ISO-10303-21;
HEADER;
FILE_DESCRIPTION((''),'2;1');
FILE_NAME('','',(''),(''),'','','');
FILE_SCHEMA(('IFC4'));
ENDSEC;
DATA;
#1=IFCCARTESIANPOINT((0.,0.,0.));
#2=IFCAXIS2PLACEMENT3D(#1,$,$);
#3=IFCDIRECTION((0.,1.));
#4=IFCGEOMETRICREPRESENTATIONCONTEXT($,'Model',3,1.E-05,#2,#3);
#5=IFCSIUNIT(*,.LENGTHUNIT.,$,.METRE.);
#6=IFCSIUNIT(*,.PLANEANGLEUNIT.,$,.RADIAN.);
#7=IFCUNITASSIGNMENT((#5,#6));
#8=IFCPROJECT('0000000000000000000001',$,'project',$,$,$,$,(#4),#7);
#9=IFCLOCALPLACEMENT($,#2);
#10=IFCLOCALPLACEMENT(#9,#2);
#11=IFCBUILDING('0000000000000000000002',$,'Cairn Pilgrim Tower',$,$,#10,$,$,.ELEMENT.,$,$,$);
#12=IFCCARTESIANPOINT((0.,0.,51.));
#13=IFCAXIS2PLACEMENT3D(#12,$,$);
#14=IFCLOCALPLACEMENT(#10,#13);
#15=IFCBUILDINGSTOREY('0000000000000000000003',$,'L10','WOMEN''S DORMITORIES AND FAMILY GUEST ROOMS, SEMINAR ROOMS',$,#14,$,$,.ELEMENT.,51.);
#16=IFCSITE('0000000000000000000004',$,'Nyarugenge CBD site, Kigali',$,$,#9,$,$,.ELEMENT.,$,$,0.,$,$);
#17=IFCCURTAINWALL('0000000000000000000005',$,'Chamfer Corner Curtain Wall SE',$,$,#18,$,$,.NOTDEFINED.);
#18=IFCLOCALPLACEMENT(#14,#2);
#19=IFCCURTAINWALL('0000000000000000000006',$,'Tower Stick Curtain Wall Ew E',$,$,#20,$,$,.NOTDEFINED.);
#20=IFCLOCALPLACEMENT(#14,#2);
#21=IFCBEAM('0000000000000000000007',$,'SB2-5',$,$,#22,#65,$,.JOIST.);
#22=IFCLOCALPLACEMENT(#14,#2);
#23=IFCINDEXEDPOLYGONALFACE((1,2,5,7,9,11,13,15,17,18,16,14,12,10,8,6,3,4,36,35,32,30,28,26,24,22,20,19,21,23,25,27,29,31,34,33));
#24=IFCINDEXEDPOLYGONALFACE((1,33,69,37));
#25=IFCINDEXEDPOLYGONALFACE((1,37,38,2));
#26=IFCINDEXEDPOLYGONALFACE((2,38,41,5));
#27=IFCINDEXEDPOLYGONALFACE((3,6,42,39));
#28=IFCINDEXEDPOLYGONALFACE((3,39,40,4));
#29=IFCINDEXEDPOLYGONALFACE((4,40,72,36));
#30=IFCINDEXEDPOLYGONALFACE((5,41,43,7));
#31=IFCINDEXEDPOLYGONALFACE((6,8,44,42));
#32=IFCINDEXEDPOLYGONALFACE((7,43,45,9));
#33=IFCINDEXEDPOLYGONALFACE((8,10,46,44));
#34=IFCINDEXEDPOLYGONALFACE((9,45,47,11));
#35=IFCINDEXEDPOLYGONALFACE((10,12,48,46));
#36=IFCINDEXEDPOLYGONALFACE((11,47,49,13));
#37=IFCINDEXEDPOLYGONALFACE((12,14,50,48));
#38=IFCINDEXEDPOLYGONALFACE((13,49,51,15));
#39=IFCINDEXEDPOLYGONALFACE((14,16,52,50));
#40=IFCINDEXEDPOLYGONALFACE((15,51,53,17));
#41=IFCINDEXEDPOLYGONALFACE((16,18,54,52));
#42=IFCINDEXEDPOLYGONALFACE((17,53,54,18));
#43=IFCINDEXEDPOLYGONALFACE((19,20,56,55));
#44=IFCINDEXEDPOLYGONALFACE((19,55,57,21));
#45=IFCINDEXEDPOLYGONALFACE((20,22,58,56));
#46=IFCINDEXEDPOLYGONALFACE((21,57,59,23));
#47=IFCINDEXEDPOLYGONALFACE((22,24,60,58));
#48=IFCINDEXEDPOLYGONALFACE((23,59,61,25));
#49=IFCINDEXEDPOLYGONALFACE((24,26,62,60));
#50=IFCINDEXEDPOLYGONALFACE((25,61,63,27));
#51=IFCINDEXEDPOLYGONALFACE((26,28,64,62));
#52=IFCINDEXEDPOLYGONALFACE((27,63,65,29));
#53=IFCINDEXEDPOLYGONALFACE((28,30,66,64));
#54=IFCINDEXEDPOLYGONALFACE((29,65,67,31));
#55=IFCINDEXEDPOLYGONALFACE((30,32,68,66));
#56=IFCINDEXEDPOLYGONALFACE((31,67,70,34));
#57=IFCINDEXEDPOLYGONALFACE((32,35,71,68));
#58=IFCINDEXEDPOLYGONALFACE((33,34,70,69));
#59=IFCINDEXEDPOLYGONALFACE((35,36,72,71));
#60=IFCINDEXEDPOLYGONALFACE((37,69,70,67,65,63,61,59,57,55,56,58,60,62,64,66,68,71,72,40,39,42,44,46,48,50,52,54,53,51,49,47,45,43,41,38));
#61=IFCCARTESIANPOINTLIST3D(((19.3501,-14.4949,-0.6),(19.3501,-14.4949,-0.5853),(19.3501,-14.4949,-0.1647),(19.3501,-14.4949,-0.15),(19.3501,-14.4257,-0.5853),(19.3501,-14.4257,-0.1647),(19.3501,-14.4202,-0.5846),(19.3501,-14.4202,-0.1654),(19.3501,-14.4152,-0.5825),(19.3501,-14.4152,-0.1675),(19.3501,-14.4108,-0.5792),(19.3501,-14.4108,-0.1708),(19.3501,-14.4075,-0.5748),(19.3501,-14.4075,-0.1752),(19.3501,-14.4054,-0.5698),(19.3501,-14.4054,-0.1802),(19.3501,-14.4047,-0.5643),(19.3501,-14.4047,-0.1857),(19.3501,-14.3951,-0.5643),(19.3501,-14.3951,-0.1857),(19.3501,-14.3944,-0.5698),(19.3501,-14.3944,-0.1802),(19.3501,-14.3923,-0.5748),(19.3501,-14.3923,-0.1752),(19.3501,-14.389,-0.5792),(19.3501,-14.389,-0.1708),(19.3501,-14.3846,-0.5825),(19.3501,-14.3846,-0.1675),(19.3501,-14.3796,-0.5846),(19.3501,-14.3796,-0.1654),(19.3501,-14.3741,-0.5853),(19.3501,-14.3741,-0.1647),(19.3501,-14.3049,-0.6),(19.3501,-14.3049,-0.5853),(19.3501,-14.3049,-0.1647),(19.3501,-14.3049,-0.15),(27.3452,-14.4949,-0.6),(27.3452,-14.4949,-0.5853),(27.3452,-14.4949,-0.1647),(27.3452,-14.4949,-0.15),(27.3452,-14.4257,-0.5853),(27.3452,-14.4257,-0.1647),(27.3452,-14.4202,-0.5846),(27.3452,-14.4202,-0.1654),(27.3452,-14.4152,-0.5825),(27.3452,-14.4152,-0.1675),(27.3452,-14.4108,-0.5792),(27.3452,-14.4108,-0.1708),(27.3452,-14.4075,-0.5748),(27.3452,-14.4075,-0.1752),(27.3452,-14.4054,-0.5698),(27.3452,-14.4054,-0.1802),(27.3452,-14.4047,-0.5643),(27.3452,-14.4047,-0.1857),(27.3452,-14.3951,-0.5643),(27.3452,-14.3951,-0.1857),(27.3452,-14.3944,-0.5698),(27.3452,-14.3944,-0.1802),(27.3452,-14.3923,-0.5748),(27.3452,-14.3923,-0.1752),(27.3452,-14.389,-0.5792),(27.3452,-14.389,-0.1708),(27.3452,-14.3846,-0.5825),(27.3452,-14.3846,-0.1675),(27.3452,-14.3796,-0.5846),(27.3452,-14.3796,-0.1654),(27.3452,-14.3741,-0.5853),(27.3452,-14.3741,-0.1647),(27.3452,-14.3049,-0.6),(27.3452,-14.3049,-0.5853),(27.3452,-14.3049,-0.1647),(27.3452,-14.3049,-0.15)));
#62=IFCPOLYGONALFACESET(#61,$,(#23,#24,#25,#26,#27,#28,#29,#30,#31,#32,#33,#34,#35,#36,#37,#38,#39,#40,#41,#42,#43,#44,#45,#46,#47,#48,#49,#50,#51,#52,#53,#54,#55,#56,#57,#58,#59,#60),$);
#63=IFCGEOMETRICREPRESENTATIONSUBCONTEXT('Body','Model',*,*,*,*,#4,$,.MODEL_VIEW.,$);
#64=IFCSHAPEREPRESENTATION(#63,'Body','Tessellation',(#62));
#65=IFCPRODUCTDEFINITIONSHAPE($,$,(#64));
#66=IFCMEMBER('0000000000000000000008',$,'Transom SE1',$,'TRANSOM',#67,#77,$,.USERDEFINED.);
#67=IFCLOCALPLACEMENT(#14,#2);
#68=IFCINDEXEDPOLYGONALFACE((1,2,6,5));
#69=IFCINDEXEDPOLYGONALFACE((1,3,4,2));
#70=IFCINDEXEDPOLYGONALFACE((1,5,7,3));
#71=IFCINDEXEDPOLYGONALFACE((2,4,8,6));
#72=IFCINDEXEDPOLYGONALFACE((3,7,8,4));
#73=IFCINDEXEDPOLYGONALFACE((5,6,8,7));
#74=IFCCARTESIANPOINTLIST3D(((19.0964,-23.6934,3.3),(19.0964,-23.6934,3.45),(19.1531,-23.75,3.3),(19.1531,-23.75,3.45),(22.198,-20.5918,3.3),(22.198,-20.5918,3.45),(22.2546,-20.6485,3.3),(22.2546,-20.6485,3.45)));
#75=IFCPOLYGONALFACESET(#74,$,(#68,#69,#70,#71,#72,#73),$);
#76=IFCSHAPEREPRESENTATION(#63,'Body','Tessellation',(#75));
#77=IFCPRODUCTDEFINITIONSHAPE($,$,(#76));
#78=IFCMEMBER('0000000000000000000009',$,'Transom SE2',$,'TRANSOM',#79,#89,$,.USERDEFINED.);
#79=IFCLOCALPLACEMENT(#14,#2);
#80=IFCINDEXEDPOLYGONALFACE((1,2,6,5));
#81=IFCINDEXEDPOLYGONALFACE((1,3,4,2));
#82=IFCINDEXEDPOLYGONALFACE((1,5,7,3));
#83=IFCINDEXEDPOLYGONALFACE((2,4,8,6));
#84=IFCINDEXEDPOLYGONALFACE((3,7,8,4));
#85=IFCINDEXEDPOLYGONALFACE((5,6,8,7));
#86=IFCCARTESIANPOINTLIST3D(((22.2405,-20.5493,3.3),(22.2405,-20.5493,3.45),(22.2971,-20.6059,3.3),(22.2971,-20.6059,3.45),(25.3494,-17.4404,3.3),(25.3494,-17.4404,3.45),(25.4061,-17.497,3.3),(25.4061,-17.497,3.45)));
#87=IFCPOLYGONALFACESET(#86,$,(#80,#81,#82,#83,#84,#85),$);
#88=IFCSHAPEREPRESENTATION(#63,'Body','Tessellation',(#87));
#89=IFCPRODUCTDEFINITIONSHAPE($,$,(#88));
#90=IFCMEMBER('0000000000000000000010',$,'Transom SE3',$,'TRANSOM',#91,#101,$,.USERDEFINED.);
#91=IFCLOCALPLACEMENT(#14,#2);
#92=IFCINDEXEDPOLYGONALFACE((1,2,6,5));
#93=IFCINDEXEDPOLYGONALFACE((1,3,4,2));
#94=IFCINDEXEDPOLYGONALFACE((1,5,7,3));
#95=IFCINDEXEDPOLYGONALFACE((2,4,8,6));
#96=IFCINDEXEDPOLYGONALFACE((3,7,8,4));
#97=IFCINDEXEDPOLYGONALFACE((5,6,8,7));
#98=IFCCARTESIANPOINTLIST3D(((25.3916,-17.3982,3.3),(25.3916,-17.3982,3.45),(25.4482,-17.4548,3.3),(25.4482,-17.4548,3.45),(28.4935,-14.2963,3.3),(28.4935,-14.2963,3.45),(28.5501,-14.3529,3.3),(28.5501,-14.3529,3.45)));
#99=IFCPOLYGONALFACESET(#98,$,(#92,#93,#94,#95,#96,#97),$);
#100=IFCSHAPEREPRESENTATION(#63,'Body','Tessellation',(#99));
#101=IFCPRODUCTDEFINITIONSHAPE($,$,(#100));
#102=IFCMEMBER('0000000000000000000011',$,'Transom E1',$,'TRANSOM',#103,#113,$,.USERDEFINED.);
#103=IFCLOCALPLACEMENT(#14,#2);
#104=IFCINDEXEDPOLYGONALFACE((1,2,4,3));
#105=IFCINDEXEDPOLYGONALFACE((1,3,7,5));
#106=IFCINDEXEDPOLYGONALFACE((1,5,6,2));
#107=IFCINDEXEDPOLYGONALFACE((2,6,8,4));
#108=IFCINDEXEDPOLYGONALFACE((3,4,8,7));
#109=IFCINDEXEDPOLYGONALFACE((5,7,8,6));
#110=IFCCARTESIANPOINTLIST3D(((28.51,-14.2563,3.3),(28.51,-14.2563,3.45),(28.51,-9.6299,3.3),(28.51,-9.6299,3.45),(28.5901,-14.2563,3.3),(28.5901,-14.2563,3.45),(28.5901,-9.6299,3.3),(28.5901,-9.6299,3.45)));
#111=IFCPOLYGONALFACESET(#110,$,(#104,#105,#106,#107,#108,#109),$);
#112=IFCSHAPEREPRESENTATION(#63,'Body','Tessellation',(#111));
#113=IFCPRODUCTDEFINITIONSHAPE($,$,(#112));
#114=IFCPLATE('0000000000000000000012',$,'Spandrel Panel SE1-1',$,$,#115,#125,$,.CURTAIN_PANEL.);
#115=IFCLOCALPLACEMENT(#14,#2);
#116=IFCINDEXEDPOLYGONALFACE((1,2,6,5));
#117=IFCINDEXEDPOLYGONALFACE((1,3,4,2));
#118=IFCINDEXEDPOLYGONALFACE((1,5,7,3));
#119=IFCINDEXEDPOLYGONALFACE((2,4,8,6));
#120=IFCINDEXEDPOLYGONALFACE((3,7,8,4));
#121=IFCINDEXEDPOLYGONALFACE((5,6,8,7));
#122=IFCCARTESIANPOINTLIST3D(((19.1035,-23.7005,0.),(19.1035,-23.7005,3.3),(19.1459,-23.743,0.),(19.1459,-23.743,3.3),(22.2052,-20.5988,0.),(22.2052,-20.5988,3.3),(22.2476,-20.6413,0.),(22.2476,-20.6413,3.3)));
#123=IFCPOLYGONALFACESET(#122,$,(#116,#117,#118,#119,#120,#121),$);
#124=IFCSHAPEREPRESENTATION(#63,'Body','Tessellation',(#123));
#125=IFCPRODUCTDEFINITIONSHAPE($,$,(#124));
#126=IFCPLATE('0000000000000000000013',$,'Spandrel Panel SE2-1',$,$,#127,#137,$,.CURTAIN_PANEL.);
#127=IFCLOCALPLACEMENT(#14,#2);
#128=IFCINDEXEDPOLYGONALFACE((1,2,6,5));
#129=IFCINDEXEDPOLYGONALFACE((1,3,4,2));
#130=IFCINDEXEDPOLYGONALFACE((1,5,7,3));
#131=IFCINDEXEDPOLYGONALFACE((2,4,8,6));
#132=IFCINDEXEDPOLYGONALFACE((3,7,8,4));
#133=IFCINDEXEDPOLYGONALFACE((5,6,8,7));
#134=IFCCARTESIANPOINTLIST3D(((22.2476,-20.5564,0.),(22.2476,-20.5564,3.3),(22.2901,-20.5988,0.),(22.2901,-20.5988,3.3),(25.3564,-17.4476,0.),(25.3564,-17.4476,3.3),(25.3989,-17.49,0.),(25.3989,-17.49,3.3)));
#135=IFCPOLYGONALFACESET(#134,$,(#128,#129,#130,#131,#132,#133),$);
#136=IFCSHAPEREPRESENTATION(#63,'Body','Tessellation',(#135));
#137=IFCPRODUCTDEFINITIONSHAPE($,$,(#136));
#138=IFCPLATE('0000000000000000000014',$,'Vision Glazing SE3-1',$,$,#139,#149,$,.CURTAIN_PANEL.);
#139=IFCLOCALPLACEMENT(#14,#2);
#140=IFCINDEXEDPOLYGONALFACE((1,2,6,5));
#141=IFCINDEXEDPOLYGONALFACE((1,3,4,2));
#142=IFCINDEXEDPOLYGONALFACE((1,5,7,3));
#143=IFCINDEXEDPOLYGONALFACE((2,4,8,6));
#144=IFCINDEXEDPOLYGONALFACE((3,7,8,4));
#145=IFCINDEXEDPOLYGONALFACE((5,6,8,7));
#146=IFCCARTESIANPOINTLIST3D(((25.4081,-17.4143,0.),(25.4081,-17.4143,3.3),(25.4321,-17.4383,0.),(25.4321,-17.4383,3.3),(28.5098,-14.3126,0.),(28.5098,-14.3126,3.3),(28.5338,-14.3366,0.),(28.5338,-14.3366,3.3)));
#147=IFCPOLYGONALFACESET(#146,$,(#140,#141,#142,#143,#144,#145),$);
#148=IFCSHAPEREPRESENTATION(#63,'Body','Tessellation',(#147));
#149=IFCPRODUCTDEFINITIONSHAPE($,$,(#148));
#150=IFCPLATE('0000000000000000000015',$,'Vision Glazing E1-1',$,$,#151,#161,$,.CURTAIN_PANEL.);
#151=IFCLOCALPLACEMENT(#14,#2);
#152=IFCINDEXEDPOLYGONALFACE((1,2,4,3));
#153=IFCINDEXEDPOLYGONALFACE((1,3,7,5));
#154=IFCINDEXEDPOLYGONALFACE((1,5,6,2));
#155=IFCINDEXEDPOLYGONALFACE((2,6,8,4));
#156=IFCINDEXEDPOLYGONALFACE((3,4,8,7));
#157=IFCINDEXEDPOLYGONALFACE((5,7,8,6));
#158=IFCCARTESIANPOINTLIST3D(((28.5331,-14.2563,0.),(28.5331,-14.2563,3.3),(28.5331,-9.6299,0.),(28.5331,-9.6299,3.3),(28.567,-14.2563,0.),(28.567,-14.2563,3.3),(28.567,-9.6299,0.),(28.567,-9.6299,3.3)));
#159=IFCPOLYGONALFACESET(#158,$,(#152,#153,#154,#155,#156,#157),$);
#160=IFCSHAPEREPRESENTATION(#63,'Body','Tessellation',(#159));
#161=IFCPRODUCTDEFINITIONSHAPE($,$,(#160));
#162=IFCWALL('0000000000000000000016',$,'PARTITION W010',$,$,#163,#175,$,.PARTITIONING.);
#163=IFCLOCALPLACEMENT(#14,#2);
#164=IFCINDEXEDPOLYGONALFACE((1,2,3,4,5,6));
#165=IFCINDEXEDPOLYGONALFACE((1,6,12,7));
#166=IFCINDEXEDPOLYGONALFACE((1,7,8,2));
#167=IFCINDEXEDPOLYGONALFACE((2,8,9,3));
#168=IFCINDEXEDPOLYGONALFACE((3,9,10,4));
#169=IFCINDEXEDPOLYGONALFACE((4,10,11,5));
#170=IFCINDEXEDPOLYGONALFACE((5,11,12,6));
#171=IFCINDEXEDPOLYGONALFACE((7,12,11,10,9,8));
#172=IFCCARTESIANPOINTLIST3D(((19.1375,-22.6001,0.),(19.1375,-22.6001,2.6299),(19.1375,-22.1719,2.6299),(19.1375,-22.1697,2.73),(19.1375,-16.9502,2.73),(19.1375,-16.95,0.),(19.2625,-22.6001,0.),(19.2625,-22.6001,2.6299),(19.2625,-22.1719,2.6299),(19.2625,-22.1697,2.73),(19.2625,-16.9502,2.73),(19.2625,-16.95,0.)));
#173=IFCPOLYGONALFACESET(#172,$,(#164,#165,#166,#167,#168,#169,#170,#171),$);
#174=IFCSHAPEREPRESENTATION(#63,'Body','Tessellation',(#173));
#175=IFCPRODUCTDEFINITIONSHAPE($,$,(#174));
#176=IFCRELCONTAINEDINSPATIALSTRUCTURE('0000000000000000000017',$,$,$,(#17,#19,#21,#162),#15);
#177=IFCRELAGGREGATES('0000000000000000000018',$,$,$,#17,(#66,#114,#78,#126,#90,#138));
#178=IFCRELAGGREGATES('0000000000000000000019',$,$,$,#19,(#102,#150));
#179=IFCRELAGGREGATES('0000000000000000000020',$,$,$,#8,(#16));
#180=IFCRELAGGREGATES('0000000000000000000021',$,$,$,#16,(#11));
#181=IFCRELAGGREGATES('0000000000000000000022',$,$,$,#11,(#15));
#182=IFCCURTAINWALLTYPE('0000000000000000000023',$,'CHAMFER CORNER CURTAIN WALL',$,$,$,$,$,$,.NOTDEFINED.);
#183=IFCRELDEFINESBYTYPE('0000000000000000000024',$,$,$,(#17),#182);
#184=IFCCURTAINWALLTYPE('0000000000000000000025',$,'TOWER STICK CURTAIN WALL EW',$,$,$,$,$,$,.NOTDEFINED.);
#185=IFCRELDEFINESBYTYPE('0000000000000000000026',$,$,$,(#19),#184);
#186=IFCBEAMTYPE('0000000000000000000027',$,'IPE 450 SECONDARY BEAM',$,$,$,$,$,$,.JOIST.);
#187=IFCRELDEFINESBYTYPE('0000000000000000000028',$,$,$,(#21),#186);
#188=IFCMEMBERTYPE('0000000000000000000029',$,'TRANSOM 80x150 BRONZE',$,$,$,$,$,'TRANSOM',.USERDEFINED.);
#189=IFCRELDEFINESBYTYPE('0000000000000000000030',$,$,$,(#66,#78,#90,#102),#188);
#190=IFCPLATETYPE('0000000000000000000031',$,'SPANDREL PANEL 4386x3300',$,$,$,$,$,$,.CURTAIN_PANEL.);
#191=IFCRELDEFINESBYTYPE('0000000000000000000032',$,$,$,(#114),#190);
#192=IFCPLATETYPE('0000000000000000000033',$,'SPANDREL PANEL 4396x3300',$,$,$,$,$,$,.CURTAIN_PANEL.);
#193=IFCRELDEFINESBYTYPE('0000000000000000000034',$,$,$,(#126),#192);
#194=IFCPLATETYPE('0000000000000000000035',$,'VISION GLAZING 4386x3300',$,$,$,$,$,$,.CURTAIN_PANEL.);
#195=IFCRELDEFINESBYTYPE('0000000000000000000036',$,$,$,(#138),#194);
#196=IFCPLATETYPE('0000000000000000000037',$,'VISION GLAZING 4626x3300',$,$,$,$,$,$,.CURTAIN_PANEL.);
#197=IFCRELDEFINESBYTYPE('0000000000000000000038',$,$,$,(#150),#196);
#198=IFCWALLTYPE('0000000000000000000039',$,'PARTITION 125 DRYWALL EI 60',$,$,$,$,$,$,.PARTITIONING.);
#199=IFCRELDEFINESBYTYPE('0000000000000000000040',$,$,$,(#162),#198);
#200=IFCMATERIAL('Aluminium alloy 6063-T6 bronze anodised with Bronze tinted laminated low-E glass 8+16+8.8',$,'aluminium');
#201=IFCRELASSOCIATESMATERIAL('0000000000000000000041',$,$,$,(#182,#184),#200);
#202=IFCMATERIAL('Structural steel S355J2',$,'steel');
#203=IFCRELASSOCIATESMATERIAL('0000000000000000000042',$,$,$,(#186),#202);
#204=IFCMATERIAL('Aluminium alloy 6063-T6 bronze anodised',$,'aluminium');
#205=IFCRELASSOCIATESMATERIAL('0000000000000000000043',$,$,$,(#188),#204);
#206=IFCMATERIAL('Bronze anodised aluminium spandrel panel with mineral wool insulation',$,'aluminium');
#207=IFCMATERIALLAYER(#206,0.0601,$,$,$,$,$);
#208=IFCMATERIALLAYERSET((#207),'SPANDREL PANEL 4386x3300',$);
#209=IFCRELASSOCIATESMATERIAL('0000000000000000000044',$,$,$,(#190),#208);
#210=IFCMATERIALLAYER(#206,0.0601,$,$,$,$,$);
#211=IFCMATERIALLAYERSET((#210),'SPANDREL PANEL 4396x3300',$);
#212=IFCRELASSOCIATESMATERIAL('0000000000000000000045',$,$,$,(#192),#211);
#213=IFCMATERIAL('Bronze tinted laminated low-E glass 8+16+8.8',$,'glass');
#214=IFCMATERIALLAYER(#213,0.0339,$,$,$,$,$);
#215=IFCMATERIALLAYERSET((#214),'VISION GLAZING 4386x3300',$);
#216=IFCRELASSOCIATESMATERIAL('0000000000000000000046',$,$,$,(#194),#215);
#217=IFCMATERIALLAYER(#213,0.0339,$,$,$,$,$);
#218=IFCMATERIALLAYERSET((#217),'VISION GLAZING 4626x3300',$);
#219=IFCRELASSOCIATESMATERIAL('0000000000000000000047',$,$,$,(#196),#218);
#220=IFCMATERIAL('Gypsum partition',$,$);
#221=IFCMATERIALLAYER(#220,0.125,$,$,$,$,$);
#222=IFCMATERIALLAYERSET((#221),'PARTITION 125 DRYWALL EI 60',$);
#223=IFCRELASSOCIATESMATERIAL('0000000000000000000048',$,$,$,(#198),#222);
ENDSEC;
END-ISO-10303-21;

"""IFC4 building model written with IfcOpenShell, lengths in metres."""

from ifc_helpers import new_model, si_unit, direction, frame, origin, origin_2d, place, context, subcontext, project, spatial, polyline, rectangle, i_section, outline, extrude, material, layer, layer_set, material_profile, profile_set, type_object, element, aggregate, save


model = new_model("IFC4")

# Units and contexts
model_context = context("Model", 3, precision=1e-05, world=origin(), true_north=direction((0.0, 1.0)))
body_context = subcontext(model_context, "Body", "Model", "MODEL_VIEW")
ifc_project = project(units=[si_unit("LENGTHUNIT", "METRE"), si_unit("PLANEANGLEUNIT", "RADIAN")], contexts=[model_context])

# Site, building, storey
site_placement = place(None, origin())
site = spatial("IfcSite", under=ifc_project, at=site_placement, Name="Nyarugenge CBD site, Kigali", CompositionType="ELEMENT", RefElevation=0.0)
building_placement = place(site_placement, origin())
building = spatial("IfcBuilding", under=site, at=building_placement, Name="Cairn Pilgrim Tower", CompositionType="ELEMENT")
storey_placement = place(building_placement, frame((0.0, 0.0, 51.0)))
storey = spatial("IfcBuildingStorey", under=building, at=storey_placement, Name="L10", Description="WOMEN'S DORMITORIES AND FAMILY GUEST ROOMS, SEMINAR ROOMS", CompositionType="ELEMENT", Elevation=51.0)

# Shared definitions
ifc_material_1 = material(Name="Structural steel S355J2", Category="steel")

# Curtain wall
ifc_material_2 = material(Name="Aluminium alloy 6063-T6 bronze anodised with Bronze tinted laminated low-E glass 8+16+8.8", Category="aluminium")
curtain_wall_type_1 = type_object("IfcCurtainWallType", Name="CHAMFER CORNER CURTAIN WALL", PredefinedType="NOTDEFINED", material=ifc_material_2)
curtain_wall_1_placement = place(storey_placement, origin())
curtain_wall_1 = element("IfcCurtainWall", 1, at=curtain_wall_1_placement, inside=storey, type_object=curtain_wall_type_1, Name="Chamfer Corner Curtain Wall SE", PredefinedType="NOTDEFINED")
ifc_material_3 = material(Name="Aluminium alloy 6063-T6 bronze anodised", Category="aluminium")

# Curtain wall
curtain_wall_type_2 = type_object("IfcCurtainWallType", Name="TOWER STICK CURTAIN WALL EW", PredefinedType="NOTDEFINED", material=ifc_material_2)
curtain_wall_2_placement = place(storey_placement, origin())
curtain_wall_2 = element("IfcCurtainWall", 2, at=curtain_wall_2_placement, inside=storey, type_object=curtain_wall_type_2, Name="Tower Stick Curtain Wall Ew E", PredefinedType="NOTDEFINED")

# Beam
ifc_material_profile_1 = material_profile(ifc_material_1, i_section(OverallWidth=0.1899, OverallDepth=0.45, WebThickness=0.0095, FlangeThickness=0.0146, FilletRadius=0.021, at=origin_2d()), Name="IPE 450")
ifc_profile_set_1 = profile_set([ifc_material_profile_1], Name="Structural steel S355J2")
beam_type_1 = type_object("IfcBeamType", Name="IPE 450 SECONDARY BEAM", PredefinedType="JOIST", material=ifc_profile_set_1)
beam_1_placement = place(storey_placement, frame((19.3501, -14.3999, -0.375), z_axis=(1.0, 0.0, 0.0), x_axis=(0.0, 1.0, 0.0)))
element("IfcBeam", 3, at=beam_1_placement, inside=storey, type_object=beam_type_1, Name="SB2-5", PredefinedType="JOIST", context=body_context, shape_type="SweptSolid", body=[
    extrude(i_section(OverallWidth=0.1899, OverallDepth=0.45, WebThickness=0.0095, FlangeThickness=0.0146, FilletRadius=0.021, at=origin_2d()), origin(), (0.0, 0.0, 1.0), 7.9951),
])

# Members
ifc_material_profile_2 = material_profile(ifc_material_3, rectangle(XDim=0.0801, YDim=0.1499, at=origin_2d()), Name="TRANSOM 80x150 BRONZE")
ifc_profile_set_2 = profile_set([ifc_material_profile_2], Name="Aluminium alloy 6063-T6 bronze anodised")
member_type_1 = type_object("IfcMemberType", Name="TRANSOM 80x150 BRONZE", ElementType="TRANSOM", PredefinedType="USERDEFINED", material=ifc_profile_set_2)
member_1_placement = place(storey_placement, frame((19.1248, -23.7217, 3.375), z_axis=(0.707107, 0.707107, 0.0), x_axis=(-0.707107, 0.707107, 0.0)))
member_1 = element("IfcMember", 4, at=member_1_placement, type_object=member_type_1, Name="Transom SE1", ObjectType="TRANSOM", PredefinedType="USERDEFINED", context=body_context, shape_type="SweptSolid", body=[
    extrude(rectangle(XDim=0.0801, YDim=0.1499, at=origin_2d()), origin(), (0.0, 0.0, 1.0), 4.3862),
])
member_2_placement = place(storey_placement, frame((22.2688, -20.5776, 3.375), z_axis=(0.707107, 0.707107, 0.0), x_axis=(-0.707107, 0.707107, 0.0)))
member_2 = element("IfcMember", 5, at=member_2_placement, type_object=member_type_1, Name="Transom SE2", ObjectType="TRANSOM", PredefinedType="USERDEFINED", context=body_context, shape_type="SweptSolid", body=[
    extrude(rectangle(XDim=0.0801, YDim=0.1499, at=origin_2d()), origin(), (0.0, 0.0, 1.0), 4.3967),
])
member_3_placement = place(storey_placement, frame((25.4199, -17.4265, 3.375), z_axis=(0.707107, 0.707107, 0.0), x_axis=(-0.707107, 0.707107, 0.0)))
member_3 = element("IfcMember", 6, at=member_3_placement, type_object=member_type_1, Name="Transom SE3", ObjectType="TRANSOM", PredefinedType="USERDEFINED", context=body_context, shape_type="SweptSolid", body=[
    extrude(rectangle(XDim=0.0801, YDim=0.1499, at=origin_2d()), origin(), (0.0, 0.0, 1.0), 4.3867),
])
member_4_placement = place(storey_placement, frame((28.55, -14.2563, 3.375), z_axis=(0.0, 1.0, 0.0), x_axis=(-1.0, 0.0, 0.0)))
member_4 = element("IfcMember", 7, at=member_4_placement, type_object=member_type_1, Name="Transom E1", ObjectType="TRANSOM", PredefinedType="USERDEFINED", context=body_context, shape_type="SweptSolid", body=[
    extrude(rectangle(XDim=0.0801, YDim=0.1499, at=origin_2d()), origin(), (0.0, 0.0, 1.0), 4.6265),
])

# Plates
ifc_material_4 = material(Name="Bronze anodised aluminium spandrel panel with mineral wool insulation", Category="aluminium")
ifc_layer_1 = layer(ifc_material_4, 0.0601)
ifc_layer_set_1 = layer_set([ifc_layer_1], Name="SPANDREL PANEL 4386x3300")
plate_type_1 = type_object("IfcPlateType", Name="SPANDREL PANEL 4386x3300", PredefinedType="CURTAIN_PANEL", material=ifc_layer_set_1)
plate_1_placement = place(storey_placement, frame((20.6755, -22.1709, 0.0), z_axis=(0.0, 0.0, 1.0), x_axis=(0.707107, 0.707107, 0.0)))
plate_1 = element("IfcPlate", 8, at=plate_1_placement, type_object=plate_type_1, Name="Spandrel Panel SE1-1", PredefinedType="CURTAIN_PANEL", context=body_context, shape_type="SweptSolid", body=[
    extrude(rectangle(XDim=4.3865, YDim=0.0601, at=origin_2d()), origin(), (0.0, 0.0, 1.0), 3.3),
])
ifc_layer_2 = layer(ifc_material_4, 0.0601)
ifc_layer_set_2 = layer_set([ifc_layer_2], Name="SPANDREL PANEL 4396x3300")
plate_type_2 = type_object("IfcPlateType", Name="SPANDREL PANEL 4396x3300", PredefinedType="CURTAIN_PANEL", material=ifc_layer_set_2)
plate_2_placement = place(storey_placement, frame((23.8232, -19.0232, 0.0), z_axis=(0.0, 0.0, 1.0), x_axis=(0.707107, 0.707107, 0.0)))
plate_2 = element("IfcPlate", 9, at=plate_2_placement, type_object=plate_type_2, Name="Spandrel Panel SE2-1", PredefinedType="CURTAIN_PANEL", context=body_context, shape_type="SweptSolid", body=[
    extrude(rectangle(XDim=4.3965, YDim=0.0601, at=origin_2d()), origin(), (0.0, 0.0, 1.0), 3.3),
])
ifc_material_5 = material(Name="Bronze tinted laminated low-E glass 8+16+8.8", Category="glass")
ifc_layer_3 = layer(ifc_material_5, 0.0339)
ifc_layer_set_3 = layer_set([ifc_layer_3], Name="VISION GLAZING 4386x3300")
plate_type_3 = type_object("IfcPlateType", Name="VISION GLAZING 4386x3300", PredefinedType="CURTAIN_PANEL", material=ifc_layer_set_3)
plate_3_placement = place(storey_placement, frame((26.9709, -15.8755, 0.0), z_axis=(0.0, 0.0, 1.0), x_axis=(0.707107, 0.707107, 0.0)))
plate_3 = element("IfcPlate", 10, at=plate_3_placement, type_object=plate_type_3, Name="Vision Glazing SE3-1", PredefinedType="CURTAIN_PANEL", context=body_context, shape_type="SweptSolid", body=[
    extrude(rectangle(XDim=4.3865, YDim=0.0339, at=origin_2d()), origin(), (0.0, 0.0, 1.0), 3.3),
])
aggregate(curtain_wall_1, [member_1, plate_1, member_2, plate_2, member_3, plate_3])
ifc_layer_4 = layer(ifc_material_5, 0.0339)
ifc_layer_set_4 = layer_set([ifc_layer_4], Name="VISION GLAZING 4626x3300")
plate_type_4 = type_object("IfcPlateType", Name="VISION GLAZING 4626x3300", PredefinedType="CURTAIN_PANEL", material=ifc_layer_set_4)
plate_4_placement = place(storey_placement, frame((28.55, -11.9431, 0.0), z_axis=(0.0, 0.0, 1.0), x_axis=(0.0, 1.0, 0.0)))
plate_4 = element("IfcPlate", 11, at=plate_4_placement, type_object=plate_type_4, Name="Vision Glazing E1-1", PredefinedType="CURTAIN_PANEL", context=body_context, shape_type="SweptSolid", body=[
    extrude(rectangle(XDim=4.6265, YDim=0.0339, at=origin_2d()), origin(), (0.0, 0.0, 1.0), 3.3),
])
aggregate(curtain_wall_2, [member_4, plate_4])

# Wall
ifc_material_6 = material(Name="Gypsum partition")
ifc_layer_5 = layer(ifc_material_6, 0.125)
ifc_layer_set_5 = layer_set([ifc_layer_5], Name="PARTITION 125 DRYWALL EI 60")
wall_type_1 = type_object("IfcWallType", Name="PARTITION 125 DRYWALL EI 60", PredefinedType="PARTITIONING", material=ifc_layer_set_5)
wall_1_placement = place(storey_placement, frame((19.2, -22.6001, 0.0), z_axis=(0.0, 0.0, 1.0), x_axis=(0.0, 1.0, 0.0)))
element("IfcWall", 12, at=wall_1_placement, inside=storey, type_object=wall_type_1, Name="PARTITION W010", PredefinedType="PARTITIONING", context=body_context, shape_type="SweptSolid", body=[
    extrude(outline(polyline([(0.0, 0.0), (5.6501, 0.0), (5.6499, 2.73), (0.4304, 2.73), (0.4282, 2.6299), (0.0, 2.6299), (0.0, 0.0)])), frame((0.0, 0.0625, 0.0), z_axis=(0.0, -1.0, 0.0), x_axis=(1.0, 0.0, 0.0)), (0.0, 0.0, 1.0), 0.125),
])

save(model, "model.ifc")
